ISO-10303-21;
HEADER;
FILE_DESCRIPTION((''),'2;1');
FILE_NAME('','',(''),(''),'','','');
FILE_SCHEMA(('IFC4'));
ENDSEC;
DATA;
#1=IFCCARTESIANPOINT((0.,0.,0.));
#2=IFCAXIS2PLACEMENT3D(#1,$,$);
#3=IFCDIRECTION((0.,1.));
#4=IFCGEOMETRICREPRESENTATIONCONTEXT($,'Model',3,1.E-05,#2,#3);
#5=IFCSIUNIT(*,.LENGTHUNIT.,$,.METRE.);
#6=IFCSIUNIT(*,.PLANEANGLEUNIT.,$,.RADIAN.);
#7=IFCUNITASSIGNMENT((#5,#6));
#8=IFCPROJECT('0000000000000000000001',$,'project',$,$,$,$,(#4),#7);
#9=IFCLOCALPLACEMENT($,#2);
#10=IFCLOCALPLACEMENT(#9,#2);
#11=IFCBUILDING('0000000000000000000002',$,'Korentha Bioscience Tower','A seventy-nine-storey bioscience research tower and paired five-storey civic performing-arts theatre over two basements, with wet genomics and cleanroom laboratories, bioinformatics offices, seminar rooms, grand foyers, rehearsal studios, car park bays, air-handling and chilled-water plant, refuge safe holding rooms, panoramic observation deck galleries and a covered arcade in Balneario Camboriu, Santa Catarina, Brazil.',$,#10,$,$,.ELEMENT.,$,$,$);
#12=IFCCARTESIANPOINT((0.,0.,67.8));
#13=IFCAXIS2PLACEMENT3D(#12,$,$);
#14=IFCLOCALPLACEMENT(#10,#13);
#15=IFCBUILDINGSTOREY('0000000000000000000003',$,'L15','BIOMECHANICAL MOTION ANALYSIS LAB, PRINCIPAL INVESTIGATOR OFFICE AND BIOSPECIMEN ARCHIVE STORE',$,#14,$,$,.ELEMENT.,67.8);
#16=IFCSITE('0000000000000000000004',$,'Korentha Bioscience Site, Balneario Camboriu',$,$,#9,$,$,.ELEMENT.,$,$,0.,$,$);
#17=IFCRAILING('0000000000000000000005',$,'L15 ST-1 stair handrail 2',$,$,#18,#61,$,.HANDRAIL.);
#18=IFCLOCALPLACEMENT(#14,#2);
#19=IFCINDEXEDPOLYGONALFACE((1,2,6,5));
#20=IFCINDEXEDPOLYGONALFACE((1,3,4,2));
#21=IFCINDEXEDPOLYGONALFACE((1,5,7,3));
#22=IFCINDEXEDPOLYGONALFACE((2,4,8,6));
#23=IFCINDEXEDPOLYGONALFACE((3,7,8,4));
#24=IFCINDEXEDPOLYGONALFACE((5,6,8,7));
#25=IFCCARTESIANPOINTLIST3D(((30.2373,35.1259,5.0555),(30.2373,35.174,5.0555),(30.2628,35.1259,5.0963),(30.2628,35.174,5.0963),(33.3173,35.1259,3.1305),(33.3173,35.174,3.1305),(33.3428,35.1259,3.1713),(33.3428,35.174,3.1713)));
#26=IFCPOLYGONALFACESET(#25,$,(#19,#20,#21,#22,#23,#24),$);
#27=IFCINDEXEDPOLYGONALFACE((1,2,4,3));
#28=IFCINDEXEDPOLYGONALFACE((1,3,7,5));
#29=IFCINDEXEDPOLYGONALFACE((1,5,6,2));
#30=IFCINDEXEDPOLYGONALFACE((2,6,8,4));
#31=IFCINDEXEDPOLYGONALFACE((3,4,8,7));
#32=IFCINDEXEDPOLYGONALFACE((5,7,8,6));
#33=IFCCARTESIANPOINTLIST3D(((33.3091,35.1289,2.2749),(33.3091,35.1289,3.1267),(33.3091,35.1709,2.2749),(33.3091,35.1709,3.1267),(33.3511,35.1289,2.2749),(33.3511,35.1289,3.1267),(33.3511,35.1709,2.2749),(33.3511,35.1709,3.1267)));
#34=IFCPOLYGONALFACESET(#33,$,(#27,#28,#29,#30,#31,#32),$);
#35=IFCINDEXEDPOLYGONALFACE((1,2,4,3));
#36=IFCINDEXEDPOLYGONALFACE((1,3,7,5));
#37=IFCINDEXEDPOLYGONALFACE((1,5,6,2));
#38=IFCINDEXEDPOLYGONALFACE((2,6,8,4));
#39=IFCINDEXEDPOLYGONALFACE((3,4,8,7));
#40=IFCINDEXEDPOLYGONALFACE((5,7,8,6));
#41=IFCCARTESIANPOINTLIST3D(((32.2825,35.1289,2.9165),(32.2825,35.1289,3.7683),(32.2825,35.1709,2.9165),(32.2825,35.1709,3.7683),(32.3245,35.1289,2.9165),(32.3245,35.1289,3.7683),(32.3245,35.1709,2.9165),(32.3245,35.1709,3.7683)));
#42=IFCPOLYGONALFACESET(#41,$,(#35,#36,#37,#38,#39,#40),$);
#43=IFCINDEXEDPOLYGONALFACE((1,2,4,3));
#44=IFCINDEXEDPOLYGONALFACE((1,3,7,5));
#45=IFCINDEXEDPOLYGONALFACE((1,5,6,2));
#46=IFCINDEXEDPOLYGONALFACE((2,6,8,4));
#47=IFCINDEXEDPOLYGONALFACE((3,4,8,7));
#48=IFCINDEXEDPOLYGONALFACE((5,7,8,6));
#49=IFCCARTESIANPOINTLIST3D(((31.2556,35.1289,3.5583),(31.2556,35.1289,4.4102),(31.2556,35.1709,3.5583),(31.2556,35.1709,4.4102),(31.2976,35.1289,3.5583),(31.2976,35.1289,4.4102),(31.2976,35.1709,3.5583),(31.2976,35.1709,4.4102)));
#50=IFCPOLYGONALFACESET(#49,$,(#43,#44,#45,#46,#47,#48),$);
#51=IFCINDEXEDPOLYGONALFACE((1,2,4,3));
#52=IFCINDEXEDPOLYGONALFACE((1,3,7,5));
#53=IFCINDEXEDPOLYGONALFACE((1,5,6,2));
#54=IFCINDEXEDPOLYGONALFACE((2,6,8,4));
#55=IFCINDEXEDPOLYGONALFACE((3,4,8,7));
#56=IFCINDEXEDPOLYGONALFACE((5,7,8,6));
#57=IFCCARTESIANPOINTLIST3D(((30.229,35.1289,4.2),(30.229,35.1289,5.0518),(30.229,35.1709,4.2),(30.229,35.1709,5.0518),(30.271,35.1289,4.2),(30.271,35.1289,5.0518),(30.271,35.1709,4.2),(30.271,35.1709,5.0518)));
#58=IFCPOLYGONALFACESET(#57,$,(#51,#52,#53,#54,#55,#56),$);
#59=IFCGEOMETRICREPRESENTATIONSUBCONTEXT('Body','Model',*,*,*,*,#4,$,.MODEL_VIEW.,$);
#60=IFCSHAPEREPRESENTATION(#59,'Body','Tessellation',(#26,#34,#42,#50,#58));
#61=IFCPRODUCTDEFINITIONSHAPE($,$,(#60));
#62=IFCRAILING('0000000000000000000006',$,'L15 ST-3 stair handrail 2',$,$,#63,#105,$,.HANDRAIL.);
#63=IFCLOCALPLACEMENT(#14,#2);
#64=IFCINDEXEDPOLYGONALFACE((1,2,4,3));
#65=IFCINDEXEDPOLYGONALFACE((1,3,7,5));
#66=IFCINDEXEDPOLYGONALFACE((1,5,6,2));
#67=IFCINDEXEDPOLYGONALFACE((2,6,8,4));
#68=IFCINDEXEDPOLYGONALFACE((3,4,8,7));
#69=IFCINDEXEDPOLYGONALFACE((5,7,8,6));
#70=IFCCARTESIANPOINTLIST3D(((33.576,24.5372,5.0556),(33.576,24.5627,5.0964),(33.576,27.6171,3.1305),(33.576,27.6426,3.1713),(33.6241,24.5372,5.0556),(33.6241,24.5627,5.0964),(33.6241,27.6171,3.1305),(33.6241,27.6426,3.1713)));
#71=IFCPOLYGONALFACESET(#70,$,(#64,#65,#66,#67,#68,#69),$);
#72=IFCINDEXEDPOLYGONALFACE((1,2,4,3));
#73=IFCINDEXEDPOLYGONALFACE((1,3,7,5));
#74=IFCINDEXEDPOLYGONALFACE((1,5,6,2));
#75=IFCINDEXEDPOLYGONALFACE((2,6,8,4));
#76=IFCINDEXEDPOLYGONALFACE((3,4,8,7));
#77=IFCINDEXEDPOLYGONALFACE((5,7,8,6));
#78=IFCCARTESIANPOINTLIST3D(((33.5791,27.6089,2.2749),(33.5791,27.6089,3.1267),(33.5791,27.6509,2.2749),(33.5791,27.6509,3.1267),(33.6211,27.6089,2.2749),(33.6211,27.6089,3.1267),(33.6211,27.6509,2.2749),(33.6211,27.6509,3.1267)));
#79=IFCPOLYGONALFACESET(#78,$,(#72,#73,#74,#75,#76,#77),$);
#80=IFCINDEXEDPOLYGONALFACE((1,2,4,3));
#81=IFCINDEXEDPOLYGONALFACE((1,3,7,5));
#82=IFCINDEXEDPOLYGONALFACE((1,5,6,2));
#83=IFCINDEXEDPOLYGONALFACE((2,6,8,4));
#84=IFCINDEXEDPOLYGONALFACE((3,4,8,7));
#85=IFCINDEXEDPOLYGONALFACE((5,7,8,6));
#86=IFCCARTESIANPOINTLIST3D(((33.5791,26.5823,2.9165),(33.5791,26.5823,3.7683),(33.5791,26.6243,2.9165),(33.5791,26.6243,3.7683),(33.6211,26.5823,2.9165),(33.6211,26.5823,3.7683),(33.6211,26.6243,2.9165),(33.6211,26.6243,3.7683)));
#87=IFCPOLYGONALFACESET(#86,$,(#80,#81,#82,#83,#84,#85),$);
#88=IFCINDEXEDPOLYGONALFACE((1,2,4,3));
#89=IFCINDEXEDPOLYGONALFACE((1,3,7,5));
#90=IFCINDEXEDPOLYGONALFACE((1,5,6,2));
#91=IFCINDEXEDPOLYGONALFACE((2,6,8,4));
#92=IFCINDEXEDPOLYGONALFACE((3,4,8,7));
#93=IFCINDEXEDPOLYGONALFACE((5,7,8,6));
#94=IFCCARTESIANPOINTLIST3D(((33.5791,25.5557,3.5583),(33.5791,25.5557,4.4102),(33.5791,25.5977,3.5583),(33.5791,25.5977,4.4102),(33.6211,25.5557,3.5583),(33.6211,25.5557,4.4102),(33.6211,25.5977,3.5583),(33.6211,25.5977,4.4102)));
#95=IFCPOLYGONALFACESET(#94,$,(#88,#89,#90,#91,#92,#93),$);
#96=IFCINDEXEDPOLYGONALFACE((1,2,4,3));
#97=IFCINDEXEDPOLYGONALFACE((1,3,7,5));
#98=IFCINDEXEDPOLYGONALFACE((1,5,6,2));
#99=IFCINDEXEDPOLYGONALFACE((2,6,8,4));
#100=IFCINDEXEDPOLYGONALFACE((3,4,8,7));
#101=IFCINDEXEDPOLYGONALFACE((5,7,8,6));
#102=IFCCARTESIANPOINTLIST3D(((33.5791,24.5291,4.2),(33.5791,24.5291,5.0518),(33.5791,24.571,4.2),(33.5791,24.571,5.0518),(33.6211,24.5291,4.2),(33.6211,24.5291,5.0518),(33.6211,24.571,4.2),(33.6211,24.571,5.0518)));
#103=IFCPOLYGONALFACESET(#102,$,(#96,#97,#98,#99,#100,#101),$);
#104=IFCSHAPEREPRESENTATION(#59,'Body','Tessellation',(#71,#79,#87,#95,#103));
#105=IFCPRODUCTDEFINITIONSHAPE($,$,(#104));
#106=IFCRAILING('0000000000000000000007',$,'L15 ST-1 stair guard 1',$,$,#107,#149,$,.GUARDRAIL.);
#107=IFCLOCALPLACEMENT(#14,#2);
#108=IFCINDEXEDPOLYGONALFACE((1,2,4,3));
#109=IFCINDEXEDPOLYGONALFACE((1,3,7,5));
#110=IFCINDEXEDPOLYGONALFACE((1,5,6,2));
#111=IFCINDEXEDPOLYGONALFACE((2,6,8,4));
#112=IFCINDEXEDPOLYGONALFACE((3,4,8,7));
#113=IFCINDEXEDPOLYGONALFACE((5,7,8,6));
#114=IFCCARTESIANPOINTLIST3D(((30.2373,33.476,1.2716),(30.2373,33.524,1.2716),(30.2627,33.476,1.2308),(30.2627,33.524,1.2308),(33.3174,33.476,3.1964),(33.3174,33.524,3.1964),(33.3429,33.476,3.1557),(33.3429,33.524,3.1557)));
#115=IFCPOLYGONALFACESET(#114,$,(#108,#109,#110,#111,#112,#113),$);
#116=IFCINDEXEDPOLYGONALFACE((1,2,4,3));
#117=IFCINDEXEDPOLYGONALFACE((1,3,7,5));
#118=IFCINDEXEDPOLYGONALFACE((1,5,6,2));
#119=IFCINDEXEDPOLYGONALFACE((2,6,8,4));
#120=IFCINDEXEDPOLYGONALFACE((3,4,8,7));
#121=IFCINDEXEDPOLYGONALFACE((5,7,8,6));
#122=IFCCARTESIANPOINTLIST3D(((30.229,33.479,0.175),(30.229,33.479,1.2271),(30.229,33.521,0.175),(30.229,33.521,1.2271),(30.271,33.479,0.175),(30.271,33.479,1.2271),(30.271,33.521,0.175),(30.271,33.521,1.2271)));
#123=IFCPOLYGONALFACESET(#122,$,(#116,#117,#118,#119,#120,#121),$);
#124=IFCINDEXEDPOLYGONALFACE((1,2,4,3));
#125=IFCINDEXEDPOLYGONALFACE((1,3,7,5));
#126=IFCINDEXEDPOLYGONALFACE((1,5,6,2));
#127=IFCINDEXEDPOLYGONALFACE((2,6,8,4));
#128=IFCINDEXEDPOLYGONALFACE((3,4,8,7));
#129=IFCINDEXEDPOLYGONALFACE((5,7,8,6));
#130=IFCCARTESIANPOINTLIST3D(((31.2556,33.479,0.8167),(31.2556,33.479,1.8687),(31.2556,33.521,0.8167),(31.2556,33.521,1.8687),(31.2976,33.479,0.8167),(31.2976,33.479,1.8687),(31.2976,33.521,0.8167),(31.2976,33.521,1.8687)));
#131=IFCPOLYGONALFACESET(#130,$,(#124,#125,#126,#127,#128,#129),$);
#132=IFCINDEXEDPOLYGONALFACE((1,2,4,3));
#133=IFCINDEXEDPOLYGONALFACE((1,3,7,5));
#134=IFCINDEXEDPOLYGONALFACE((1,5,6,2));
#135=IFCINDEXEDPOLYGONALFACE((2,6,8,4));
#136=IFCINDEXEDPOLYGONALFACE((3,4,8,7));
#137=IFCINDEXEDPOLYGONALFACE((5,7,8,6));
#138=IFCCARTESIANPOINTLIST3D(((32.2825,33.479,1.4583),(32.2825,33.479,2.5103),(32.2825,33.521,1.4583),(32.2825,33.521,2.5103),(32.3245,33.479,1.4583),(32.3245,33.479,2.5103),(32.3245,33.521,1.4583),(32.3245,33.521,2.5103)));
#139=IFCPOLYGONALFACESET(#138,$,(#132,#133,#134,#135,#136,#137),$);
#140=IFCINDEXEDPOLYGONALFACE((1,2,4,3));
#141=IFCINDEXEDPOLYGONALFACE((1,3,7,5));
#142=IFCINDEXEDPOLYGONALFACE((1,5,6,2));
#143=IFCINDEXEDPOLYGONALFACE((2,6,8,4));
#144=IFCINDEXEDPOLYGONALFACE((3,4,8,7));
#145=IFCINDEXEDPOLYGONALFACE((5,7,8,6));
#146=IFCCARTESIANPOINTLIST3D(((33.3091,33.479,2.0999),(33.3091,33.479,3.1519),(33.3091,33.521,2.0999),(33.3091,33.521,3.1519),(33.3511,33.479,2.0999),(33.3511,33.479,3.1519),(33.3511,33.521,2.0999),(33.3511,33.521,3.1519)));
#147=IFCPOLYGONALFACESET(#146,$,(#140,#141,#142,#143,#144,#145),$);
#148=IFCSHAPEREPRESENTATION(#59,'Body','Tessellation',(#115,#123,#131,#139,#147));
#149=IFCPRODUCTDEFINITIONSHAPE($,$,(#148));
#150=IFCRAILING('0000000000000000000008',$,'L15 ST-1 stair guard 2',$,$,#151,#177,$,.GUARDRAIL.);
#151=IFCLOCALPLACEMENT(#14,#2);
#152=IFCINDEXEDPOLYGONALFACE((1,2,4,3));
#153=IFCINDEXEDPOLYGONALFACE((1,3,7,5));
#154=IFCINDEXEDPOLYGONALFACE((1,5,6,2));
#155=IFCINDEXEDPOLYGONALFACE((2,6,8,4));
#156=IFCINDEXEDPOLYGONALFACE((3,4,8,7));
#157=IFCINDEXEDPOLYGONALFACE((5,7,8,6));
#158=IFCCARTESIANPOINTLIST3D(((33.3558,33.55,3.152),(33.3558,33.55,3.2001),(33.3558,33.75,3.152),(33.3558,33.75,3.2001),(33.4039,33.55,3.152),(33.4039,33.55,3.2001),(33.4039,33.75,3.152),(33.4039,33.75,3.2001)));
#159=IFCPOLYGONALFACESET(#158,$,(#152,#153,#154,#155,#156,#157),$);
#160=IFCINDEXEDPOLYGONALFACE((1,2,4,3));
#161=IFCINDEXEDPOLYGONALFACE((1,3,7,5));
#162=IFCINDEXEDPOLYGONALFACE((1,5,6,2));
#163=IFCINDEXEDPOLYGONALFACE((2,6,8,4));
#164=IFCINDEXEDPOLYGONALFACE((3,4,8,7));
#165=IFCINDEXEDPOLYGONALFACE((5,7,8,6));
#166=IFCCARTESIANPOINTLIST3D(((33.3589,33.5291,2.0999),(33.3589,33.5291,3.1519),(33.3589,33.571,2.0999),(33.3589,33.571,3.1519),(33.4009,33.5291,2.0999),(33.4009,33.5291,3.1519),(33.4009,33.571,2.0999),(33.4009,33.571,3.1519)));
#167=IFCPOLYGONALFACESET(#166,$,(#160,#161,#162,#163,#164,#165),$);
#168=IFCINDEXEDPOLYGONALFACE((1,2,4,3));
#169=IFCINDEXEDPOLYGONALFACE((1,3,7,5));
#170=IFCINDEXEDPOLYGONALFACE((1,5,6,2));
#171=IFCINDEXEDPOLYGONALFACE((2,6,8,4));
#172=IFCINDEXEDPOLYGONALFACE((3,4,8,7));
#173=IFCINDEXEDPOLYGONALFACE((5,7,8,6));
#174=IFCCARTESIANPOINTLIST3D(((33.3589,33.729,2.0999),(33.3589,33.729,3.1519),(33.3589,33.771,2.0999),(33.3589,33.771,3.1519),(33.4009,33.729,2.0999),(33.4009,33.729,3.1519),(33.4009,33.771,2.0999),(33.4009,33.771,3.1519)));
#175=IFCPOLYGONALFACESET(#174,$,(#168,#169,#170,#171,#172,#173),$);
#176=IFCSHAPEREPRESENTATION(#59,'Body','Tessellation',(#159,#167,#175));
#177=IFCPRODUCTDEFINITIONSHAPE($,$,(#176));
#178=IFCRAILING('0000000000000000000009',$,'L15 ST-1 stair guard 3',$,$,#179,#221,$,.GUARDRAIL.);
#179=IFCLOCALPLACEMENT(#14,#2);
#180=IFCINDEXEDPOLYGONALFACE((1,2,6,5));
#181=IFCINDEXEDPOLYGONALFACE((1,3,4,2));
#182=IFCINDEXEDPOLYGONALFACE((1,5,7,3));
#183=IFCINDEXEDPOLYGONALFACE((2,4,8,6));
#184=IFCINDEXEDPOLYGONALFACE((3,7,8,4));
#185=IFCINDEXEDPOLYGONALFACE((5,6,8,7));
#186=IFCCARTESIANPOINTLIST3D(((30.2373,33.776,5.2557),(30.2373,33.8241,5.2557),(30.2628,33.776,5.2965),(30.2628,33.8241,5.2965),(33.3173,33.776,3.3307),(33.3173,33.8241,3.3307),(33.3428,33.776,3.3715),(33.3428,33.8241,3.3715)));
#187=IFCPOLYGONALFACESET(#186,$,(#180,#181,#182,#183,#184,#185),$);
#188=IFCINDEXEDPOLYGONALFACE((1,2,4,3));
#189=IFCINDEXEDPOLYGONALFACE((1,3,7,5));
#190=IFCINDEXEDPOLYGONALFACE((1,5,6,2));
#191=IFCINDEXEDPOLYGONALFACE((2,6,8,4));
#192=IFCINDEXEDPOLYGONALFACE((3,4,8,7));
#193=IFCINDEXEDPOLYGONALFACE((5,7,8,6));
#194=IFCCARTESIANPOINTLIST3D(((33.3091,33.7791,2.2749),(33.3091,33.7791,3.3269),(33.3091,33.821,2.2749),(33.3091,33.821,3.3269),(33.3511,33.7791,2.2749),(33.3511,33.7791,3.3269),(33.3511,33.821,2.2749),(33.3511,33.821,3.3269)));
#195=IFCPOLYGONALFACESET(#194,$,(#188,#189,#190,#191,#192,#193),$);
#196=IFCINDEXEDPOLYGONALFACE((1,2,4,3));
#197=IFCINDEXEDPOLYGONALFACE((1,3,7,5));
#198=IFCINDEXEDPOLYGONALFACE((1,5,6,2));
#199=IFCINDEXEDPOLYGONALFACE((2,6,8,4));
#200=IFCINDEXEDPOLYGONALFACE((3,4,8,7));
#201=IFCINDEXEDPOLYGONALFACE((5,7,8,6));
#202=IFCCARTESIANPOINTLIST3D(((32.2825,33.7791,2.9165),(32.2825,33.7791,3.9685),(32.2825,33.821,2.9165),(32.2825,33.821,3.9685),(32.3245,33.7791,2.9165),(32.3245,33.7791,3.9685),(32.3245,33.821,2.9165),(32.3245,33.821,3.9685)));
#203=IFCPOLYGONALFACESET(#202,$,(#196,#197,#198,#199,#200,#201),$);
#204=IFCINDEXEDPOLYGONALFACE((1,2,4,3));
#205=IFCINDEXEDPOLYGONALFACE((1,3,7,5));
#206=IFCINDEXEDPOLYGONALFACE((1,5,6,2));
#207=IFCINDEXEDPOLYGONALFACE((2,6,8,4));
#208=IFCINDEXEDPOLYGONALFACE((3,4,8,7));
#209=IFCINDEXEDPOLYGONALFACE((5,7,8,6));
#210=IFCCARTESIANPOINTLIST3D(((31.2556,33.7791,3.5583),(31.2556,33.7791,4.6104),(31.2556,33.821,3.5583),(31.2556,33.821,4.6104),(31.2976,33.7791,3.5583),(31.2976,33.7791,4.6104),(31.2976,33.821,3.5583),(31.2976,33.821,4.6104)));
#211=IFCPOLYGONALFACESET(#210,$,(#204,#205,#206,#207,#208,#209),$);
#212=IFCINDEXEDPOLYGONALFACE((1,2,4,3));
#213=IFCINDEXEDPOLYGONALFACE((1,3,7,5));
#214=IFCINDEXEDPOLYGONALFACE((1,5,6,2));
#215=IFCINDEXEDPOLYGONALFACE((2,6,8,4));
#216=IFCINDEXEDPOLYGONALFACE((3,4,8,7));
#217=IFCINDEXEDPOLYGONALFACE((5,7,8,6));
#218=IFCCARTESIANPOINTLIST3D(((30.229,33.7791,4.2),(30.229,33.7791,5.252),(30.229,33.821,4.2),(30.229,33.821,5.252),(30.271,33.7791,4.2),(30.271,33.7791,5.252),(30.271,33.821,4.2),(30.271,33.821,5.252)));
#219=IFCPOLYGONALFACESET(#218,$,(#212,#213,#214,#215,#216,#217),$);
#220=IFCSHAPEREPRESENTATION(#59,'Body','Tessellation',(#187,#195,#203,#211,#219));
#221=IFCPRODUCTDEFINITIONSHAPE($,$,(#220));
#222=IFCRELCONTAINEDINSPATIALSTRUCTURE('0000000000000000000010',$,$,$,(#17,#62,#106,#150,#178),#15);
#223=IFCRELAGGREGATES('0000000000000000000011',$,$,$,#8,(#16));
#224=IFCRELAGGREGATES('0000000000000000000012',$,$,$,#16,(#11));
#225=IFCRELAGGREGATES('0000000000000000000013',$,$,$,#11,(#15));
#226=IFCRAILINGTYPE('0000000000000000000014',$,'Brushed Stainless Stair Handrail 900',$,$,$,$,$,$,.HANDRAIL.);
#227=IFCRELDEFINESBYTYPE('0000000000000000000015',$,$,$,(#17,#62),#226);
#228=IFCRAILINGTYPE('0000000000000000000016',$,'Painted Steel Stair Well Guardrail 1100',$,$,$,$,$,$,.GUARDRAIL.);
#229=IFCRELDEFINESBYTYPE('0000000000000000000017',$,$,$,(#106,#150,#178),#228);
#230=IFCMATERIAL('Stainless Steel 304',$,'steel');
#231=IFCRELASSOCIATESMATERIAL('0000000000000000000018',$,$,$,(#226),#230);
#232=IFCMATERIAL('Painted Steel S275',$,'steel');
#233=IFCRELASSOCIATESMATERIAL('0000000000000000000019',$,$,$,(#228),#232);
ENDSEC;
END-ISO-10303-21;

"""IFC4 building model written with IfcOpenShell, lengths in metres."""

from ifc_helpers import new_model, si_unit, direction, frame, origin, origin_2d, place, context, subcontext, project, spatial, rectangle, extrude, material, type_object, element, save


model = new_model("IFC4")

# Units and contexts
model_context = context("Model", 3, precision=1e-05, world=origin(), true_north=direction((0.0, 1.0)))
body_context = subcontext(model_context, "Body", "Model", "MODEL_VIEW")
ifc_project = project(units=[si_unit("LENGTHUNIT", "METRE"), si_unit("PLANEANGLEUNIT", "RADIAN")], contexts=[model_context])

# Site, building, storey
site_placement = place(None, origin())
site = spatial("IfcSite", under=ifc_project, at=site_placement, Name="Korentha Bioscience Site, Balneario Camboriu", CompositionType="ELEMENT", RefElevation=0.0)
building_placement = place(site_placement, origin())
building = spatial("IfcBuilding", under=site, at=building_placement, Name="Korentha Bioscience Tower", Description="A seventy-nine-storey bioscience research tower and paired five-storey civic performing-arts theatre over two basements, with wet genomics and cleanroom laboratories, bioinformatics offices, seminar rooms, grand foyers, rehearsal studios, car park bays, air-handling and chilled-water plant, refuge safe holding rooms, panoramic observation deck galleries and a covered arcade in Balneario Camboriu, Santa Catarina, Brazil.", CompositionType="ELEMENT")
storey_placement = place(building_placement, frame((0.0, 0.0, 67.8)))
storey = spatial("IfcBuildingStorey", under=building, at=storey_placement, Name="L15", Description="BIOMECHANICAL MOTION ANALYSIS LAB, PRINCIPAL INVESTIGATOR OFFICE AND BIOSPECIMEN ARCHIVE STORE", CompositionType="ELEMENT", Elevation=67.8)

# Railings
ifc_material_1 = material(Name="Stainless Steel 304", Category="steel")
railing_type_1 = type_object("IfcRailingType", Name="Brushed Stainless Stair Handrail 900", PredefinedType="HANDRAIL", material=ifc_material_1)
railing_1_placement = place(storey_placement, frame((33.3301, 35.1499, 2.2749)))
element("IfcRailing", 1, at=railing_1_placement, inside=storey, type_object=railing_type_1, Name="L15 ST-1 stair handrail 2", PredefinedType="HANDRAIL", context=body_context, shape_type="SweptSolid", body=[
    extrude(rectangle(XDim=0.0481, YDim=0.0481, at=origin_2d()), frame((0.0, 0.0, 0.876), z_axis=(-0.847998, 0.0, 0.529999), x_axis=(0.0, -1.0, 0.0)), (0.0, 0.0, 1.0), 3.6321),
    extrude(rectangle(XDim=0.042, YDim=0.042, at=origin_2d()), origin(), (0.0, 0.0, 1.0), 0.8518),
    extrude(rectangle(XDim=0.042, YDim=0.042, at=origin_2d()), frame((-1.0266, 0.0, 0.6416)), (0.0, 0.0, 1.0), 0.8518),
    extrude(rectangle(XDim=0.042, YDim=0.042, at=origin_2d()), frame((-2.0535, 0.0, 1.2834)), (0.0, 0.0, 1.0), 0.8518),
    extrude(rectangle(XDim=0.042, YDim=0.042, at=origin_2d()), frame((-3.0801, 0.0, 1.925)), (0.0, 0.0, 1.0), 0.8518),
])
railing_2_placement = place(storey_placement, frame((33.6001, 27.6299, 2.2749)))
element("IfcRailing", 2, at=railing_2_placement, inside=storey, type_object=railing_type_1, Name="L15 ST-3 stair handrail 2", PredefinedType="HANDRAIL", context=body_context, shape_type="SweptSolid", body=[
    extrude(rectangle(XDim=0.0481, YDim=0.0481, at=origin_2d()), frame((0.0, 0.0, 0.876), z_axis=(0.0, -0.847979, 0.530029), x_axis=(1.0, 0.0, 0.0)), (0.0, 0.0, 1.0), 3.6321),
    extrude(rectangle(XDim=0.042, YDim=0.042, at=origin_2d()), origin(), (0.0, 0.0, 1.0), 0.8518),
    extrude(rectangle(XDim=0.042, YDim=0.042, at=origin_2d()), frame((0.0, -1.0266, 0.6416)), (0.0, 0.0, 1.0), 0.8518),
    extrude(rectangle(XDim=0.042, YDim=0.042, at=origin_2d()), frame((0.0, -2.0532, 1.2834)), (0.0, 0.0, 1.0), 0.8518),
    extrude(rectangle(XDim=0.042, YDim=0.042, at=origin_2d()), frame((0.0, -3.0798, 1.925)), (0.0, 0.0, 1.0), 0.8518),
])
ifc_material_2 = material(Name="Painted Steel S275", Category="steel")
railing_type_2 = type_object("IfcRailingType", Name="Painted Steel Stair Well Guardrail 1100", PredefinedType="GUARDRAIL", material=ifc_material_2)
railing_3_placement = place(storey_placement, frame((30.25, 33.5, 0.175)))
element("IfcRailing", 3, at=railing_3_placement, inside=storey, type_object=railing_type_2, Name="L15 ST-1 stair guard 1", PredefinedType="GUARDRAIL", context=body_context, shape_type="SweptSolid", body=[
    extrude(rectangle(XDim=0.0481, YDim=0.0481, at=origin_2d()), frame((0.0, 0.0, 1.0762), z_axis=(0.848029, 0.0, 0.529951), x_axis=(0.0, 1.0, 0.0)), (0.0, 0.0, 1.0), 3.6321),
    extrude(rectangle(XDim=0.042, YDim=0.042, at=origin_2d()), origin(), (0.0, 0.0, 1.0), 1.052),
    extrude(rectangle(XDim=0.042, YDim=0.042, at=origin_2d()), frame((1.0266, 0.0, 0.6416)), (0.0, 0.0, 1.0), 1.052),
    extrude(rectangle(XDim=0.042, YDim=0.042, at=origin_2d()), frame((2.0535, 0.0, 1.2832)), (0.0, 0.0, 1.0), 1.052),
    extrude(rectangle(XDim=0.042, YDim=0.042, at=origin_2d()), frame((3.0801, 0.0, 1.9248)), (0.0, 0.0, 1.0), 1.052),
])
railing_4_placement = place(storey_placement, frame((33.3799, 33.55, 2.0999)))
element("IfcRailing", 4, at=railing_4_placement, inside=storey, type_object=railing_type_2, Name="L15 ST-1 stair guard 2", PredefinedType="GUARDRAIL", context=body_context, shape_type="SweptSolid", body=[
    extrude(rectangle(XDim=0.0481, YDim=0.0481, at=origin_2d()), frame((0.0, 0.0, 1.0762), z_axis=(0.0, 1.0, 0.0), x_axis=(-1.0, 0.0, 0.0)), (0.0, 0.0, 1.0), 0.2),
    extrude(rectangle(XDim=0.042, YDim=0.042, at=origin_2d()), origin(), (0.0, 0.0, 1.0), 1.052),
    extrude(rectangle(XDim=0.042, YDim=0.042, at=origin_2d()), frame((0.0, 0.2, 0.0)), (0.0, 0.0, 1.0), 1.052),
])
railing_5_placement = place(storey_placement, frame((33.3301, 33.8, 2.2749)))
element("IfcRailing", 5, at=railing_5_placement, inside=storey, type_object=railing_type_2, Name="L15 ST-1 stair guard 3", PredefinedType="GUARDRAIL", context=body_context, shape_type="SweptSolid", body=[
    extrude(rectangle(XDim=0.0481, YDim=0.0481, at=origin_2d()), frame((0.0, 0.0, 1.0762), z_axis=(-0.847998, 0.0, 0.529999), x_axis=(0.0, -1.0, 0.0)), (0.0, 0.0, 1.0), 3.6321),
    extrude(rectangle(XDim=0.042, YDim=0.042, at=origin_2d()), origin(), (0.0, 0.0, 1.0), 1.052),
    extrude(rectangle(XDim=0.042, YDim=0.042, at=origin_2d()), frame((-1.0266, 0.0, 0.6416)), (0.0, 0.0, 1.0), 1.052),
    extrude(rectangle(XDim=0.042, YDim=0.042, at=origin_2d()), frame((-2.0535, 0.0, 1.2834)), (0.0, 0.0, 1.0), 1.052),
    extrude(rectangle(XDim=0.042, YDim=0.042, at=origin_2d()), frame((-3.0801, 0.0, 1.925)), (0.0, 0.0, 1.0), 1.052),
])

save(model, "model.ifc")
